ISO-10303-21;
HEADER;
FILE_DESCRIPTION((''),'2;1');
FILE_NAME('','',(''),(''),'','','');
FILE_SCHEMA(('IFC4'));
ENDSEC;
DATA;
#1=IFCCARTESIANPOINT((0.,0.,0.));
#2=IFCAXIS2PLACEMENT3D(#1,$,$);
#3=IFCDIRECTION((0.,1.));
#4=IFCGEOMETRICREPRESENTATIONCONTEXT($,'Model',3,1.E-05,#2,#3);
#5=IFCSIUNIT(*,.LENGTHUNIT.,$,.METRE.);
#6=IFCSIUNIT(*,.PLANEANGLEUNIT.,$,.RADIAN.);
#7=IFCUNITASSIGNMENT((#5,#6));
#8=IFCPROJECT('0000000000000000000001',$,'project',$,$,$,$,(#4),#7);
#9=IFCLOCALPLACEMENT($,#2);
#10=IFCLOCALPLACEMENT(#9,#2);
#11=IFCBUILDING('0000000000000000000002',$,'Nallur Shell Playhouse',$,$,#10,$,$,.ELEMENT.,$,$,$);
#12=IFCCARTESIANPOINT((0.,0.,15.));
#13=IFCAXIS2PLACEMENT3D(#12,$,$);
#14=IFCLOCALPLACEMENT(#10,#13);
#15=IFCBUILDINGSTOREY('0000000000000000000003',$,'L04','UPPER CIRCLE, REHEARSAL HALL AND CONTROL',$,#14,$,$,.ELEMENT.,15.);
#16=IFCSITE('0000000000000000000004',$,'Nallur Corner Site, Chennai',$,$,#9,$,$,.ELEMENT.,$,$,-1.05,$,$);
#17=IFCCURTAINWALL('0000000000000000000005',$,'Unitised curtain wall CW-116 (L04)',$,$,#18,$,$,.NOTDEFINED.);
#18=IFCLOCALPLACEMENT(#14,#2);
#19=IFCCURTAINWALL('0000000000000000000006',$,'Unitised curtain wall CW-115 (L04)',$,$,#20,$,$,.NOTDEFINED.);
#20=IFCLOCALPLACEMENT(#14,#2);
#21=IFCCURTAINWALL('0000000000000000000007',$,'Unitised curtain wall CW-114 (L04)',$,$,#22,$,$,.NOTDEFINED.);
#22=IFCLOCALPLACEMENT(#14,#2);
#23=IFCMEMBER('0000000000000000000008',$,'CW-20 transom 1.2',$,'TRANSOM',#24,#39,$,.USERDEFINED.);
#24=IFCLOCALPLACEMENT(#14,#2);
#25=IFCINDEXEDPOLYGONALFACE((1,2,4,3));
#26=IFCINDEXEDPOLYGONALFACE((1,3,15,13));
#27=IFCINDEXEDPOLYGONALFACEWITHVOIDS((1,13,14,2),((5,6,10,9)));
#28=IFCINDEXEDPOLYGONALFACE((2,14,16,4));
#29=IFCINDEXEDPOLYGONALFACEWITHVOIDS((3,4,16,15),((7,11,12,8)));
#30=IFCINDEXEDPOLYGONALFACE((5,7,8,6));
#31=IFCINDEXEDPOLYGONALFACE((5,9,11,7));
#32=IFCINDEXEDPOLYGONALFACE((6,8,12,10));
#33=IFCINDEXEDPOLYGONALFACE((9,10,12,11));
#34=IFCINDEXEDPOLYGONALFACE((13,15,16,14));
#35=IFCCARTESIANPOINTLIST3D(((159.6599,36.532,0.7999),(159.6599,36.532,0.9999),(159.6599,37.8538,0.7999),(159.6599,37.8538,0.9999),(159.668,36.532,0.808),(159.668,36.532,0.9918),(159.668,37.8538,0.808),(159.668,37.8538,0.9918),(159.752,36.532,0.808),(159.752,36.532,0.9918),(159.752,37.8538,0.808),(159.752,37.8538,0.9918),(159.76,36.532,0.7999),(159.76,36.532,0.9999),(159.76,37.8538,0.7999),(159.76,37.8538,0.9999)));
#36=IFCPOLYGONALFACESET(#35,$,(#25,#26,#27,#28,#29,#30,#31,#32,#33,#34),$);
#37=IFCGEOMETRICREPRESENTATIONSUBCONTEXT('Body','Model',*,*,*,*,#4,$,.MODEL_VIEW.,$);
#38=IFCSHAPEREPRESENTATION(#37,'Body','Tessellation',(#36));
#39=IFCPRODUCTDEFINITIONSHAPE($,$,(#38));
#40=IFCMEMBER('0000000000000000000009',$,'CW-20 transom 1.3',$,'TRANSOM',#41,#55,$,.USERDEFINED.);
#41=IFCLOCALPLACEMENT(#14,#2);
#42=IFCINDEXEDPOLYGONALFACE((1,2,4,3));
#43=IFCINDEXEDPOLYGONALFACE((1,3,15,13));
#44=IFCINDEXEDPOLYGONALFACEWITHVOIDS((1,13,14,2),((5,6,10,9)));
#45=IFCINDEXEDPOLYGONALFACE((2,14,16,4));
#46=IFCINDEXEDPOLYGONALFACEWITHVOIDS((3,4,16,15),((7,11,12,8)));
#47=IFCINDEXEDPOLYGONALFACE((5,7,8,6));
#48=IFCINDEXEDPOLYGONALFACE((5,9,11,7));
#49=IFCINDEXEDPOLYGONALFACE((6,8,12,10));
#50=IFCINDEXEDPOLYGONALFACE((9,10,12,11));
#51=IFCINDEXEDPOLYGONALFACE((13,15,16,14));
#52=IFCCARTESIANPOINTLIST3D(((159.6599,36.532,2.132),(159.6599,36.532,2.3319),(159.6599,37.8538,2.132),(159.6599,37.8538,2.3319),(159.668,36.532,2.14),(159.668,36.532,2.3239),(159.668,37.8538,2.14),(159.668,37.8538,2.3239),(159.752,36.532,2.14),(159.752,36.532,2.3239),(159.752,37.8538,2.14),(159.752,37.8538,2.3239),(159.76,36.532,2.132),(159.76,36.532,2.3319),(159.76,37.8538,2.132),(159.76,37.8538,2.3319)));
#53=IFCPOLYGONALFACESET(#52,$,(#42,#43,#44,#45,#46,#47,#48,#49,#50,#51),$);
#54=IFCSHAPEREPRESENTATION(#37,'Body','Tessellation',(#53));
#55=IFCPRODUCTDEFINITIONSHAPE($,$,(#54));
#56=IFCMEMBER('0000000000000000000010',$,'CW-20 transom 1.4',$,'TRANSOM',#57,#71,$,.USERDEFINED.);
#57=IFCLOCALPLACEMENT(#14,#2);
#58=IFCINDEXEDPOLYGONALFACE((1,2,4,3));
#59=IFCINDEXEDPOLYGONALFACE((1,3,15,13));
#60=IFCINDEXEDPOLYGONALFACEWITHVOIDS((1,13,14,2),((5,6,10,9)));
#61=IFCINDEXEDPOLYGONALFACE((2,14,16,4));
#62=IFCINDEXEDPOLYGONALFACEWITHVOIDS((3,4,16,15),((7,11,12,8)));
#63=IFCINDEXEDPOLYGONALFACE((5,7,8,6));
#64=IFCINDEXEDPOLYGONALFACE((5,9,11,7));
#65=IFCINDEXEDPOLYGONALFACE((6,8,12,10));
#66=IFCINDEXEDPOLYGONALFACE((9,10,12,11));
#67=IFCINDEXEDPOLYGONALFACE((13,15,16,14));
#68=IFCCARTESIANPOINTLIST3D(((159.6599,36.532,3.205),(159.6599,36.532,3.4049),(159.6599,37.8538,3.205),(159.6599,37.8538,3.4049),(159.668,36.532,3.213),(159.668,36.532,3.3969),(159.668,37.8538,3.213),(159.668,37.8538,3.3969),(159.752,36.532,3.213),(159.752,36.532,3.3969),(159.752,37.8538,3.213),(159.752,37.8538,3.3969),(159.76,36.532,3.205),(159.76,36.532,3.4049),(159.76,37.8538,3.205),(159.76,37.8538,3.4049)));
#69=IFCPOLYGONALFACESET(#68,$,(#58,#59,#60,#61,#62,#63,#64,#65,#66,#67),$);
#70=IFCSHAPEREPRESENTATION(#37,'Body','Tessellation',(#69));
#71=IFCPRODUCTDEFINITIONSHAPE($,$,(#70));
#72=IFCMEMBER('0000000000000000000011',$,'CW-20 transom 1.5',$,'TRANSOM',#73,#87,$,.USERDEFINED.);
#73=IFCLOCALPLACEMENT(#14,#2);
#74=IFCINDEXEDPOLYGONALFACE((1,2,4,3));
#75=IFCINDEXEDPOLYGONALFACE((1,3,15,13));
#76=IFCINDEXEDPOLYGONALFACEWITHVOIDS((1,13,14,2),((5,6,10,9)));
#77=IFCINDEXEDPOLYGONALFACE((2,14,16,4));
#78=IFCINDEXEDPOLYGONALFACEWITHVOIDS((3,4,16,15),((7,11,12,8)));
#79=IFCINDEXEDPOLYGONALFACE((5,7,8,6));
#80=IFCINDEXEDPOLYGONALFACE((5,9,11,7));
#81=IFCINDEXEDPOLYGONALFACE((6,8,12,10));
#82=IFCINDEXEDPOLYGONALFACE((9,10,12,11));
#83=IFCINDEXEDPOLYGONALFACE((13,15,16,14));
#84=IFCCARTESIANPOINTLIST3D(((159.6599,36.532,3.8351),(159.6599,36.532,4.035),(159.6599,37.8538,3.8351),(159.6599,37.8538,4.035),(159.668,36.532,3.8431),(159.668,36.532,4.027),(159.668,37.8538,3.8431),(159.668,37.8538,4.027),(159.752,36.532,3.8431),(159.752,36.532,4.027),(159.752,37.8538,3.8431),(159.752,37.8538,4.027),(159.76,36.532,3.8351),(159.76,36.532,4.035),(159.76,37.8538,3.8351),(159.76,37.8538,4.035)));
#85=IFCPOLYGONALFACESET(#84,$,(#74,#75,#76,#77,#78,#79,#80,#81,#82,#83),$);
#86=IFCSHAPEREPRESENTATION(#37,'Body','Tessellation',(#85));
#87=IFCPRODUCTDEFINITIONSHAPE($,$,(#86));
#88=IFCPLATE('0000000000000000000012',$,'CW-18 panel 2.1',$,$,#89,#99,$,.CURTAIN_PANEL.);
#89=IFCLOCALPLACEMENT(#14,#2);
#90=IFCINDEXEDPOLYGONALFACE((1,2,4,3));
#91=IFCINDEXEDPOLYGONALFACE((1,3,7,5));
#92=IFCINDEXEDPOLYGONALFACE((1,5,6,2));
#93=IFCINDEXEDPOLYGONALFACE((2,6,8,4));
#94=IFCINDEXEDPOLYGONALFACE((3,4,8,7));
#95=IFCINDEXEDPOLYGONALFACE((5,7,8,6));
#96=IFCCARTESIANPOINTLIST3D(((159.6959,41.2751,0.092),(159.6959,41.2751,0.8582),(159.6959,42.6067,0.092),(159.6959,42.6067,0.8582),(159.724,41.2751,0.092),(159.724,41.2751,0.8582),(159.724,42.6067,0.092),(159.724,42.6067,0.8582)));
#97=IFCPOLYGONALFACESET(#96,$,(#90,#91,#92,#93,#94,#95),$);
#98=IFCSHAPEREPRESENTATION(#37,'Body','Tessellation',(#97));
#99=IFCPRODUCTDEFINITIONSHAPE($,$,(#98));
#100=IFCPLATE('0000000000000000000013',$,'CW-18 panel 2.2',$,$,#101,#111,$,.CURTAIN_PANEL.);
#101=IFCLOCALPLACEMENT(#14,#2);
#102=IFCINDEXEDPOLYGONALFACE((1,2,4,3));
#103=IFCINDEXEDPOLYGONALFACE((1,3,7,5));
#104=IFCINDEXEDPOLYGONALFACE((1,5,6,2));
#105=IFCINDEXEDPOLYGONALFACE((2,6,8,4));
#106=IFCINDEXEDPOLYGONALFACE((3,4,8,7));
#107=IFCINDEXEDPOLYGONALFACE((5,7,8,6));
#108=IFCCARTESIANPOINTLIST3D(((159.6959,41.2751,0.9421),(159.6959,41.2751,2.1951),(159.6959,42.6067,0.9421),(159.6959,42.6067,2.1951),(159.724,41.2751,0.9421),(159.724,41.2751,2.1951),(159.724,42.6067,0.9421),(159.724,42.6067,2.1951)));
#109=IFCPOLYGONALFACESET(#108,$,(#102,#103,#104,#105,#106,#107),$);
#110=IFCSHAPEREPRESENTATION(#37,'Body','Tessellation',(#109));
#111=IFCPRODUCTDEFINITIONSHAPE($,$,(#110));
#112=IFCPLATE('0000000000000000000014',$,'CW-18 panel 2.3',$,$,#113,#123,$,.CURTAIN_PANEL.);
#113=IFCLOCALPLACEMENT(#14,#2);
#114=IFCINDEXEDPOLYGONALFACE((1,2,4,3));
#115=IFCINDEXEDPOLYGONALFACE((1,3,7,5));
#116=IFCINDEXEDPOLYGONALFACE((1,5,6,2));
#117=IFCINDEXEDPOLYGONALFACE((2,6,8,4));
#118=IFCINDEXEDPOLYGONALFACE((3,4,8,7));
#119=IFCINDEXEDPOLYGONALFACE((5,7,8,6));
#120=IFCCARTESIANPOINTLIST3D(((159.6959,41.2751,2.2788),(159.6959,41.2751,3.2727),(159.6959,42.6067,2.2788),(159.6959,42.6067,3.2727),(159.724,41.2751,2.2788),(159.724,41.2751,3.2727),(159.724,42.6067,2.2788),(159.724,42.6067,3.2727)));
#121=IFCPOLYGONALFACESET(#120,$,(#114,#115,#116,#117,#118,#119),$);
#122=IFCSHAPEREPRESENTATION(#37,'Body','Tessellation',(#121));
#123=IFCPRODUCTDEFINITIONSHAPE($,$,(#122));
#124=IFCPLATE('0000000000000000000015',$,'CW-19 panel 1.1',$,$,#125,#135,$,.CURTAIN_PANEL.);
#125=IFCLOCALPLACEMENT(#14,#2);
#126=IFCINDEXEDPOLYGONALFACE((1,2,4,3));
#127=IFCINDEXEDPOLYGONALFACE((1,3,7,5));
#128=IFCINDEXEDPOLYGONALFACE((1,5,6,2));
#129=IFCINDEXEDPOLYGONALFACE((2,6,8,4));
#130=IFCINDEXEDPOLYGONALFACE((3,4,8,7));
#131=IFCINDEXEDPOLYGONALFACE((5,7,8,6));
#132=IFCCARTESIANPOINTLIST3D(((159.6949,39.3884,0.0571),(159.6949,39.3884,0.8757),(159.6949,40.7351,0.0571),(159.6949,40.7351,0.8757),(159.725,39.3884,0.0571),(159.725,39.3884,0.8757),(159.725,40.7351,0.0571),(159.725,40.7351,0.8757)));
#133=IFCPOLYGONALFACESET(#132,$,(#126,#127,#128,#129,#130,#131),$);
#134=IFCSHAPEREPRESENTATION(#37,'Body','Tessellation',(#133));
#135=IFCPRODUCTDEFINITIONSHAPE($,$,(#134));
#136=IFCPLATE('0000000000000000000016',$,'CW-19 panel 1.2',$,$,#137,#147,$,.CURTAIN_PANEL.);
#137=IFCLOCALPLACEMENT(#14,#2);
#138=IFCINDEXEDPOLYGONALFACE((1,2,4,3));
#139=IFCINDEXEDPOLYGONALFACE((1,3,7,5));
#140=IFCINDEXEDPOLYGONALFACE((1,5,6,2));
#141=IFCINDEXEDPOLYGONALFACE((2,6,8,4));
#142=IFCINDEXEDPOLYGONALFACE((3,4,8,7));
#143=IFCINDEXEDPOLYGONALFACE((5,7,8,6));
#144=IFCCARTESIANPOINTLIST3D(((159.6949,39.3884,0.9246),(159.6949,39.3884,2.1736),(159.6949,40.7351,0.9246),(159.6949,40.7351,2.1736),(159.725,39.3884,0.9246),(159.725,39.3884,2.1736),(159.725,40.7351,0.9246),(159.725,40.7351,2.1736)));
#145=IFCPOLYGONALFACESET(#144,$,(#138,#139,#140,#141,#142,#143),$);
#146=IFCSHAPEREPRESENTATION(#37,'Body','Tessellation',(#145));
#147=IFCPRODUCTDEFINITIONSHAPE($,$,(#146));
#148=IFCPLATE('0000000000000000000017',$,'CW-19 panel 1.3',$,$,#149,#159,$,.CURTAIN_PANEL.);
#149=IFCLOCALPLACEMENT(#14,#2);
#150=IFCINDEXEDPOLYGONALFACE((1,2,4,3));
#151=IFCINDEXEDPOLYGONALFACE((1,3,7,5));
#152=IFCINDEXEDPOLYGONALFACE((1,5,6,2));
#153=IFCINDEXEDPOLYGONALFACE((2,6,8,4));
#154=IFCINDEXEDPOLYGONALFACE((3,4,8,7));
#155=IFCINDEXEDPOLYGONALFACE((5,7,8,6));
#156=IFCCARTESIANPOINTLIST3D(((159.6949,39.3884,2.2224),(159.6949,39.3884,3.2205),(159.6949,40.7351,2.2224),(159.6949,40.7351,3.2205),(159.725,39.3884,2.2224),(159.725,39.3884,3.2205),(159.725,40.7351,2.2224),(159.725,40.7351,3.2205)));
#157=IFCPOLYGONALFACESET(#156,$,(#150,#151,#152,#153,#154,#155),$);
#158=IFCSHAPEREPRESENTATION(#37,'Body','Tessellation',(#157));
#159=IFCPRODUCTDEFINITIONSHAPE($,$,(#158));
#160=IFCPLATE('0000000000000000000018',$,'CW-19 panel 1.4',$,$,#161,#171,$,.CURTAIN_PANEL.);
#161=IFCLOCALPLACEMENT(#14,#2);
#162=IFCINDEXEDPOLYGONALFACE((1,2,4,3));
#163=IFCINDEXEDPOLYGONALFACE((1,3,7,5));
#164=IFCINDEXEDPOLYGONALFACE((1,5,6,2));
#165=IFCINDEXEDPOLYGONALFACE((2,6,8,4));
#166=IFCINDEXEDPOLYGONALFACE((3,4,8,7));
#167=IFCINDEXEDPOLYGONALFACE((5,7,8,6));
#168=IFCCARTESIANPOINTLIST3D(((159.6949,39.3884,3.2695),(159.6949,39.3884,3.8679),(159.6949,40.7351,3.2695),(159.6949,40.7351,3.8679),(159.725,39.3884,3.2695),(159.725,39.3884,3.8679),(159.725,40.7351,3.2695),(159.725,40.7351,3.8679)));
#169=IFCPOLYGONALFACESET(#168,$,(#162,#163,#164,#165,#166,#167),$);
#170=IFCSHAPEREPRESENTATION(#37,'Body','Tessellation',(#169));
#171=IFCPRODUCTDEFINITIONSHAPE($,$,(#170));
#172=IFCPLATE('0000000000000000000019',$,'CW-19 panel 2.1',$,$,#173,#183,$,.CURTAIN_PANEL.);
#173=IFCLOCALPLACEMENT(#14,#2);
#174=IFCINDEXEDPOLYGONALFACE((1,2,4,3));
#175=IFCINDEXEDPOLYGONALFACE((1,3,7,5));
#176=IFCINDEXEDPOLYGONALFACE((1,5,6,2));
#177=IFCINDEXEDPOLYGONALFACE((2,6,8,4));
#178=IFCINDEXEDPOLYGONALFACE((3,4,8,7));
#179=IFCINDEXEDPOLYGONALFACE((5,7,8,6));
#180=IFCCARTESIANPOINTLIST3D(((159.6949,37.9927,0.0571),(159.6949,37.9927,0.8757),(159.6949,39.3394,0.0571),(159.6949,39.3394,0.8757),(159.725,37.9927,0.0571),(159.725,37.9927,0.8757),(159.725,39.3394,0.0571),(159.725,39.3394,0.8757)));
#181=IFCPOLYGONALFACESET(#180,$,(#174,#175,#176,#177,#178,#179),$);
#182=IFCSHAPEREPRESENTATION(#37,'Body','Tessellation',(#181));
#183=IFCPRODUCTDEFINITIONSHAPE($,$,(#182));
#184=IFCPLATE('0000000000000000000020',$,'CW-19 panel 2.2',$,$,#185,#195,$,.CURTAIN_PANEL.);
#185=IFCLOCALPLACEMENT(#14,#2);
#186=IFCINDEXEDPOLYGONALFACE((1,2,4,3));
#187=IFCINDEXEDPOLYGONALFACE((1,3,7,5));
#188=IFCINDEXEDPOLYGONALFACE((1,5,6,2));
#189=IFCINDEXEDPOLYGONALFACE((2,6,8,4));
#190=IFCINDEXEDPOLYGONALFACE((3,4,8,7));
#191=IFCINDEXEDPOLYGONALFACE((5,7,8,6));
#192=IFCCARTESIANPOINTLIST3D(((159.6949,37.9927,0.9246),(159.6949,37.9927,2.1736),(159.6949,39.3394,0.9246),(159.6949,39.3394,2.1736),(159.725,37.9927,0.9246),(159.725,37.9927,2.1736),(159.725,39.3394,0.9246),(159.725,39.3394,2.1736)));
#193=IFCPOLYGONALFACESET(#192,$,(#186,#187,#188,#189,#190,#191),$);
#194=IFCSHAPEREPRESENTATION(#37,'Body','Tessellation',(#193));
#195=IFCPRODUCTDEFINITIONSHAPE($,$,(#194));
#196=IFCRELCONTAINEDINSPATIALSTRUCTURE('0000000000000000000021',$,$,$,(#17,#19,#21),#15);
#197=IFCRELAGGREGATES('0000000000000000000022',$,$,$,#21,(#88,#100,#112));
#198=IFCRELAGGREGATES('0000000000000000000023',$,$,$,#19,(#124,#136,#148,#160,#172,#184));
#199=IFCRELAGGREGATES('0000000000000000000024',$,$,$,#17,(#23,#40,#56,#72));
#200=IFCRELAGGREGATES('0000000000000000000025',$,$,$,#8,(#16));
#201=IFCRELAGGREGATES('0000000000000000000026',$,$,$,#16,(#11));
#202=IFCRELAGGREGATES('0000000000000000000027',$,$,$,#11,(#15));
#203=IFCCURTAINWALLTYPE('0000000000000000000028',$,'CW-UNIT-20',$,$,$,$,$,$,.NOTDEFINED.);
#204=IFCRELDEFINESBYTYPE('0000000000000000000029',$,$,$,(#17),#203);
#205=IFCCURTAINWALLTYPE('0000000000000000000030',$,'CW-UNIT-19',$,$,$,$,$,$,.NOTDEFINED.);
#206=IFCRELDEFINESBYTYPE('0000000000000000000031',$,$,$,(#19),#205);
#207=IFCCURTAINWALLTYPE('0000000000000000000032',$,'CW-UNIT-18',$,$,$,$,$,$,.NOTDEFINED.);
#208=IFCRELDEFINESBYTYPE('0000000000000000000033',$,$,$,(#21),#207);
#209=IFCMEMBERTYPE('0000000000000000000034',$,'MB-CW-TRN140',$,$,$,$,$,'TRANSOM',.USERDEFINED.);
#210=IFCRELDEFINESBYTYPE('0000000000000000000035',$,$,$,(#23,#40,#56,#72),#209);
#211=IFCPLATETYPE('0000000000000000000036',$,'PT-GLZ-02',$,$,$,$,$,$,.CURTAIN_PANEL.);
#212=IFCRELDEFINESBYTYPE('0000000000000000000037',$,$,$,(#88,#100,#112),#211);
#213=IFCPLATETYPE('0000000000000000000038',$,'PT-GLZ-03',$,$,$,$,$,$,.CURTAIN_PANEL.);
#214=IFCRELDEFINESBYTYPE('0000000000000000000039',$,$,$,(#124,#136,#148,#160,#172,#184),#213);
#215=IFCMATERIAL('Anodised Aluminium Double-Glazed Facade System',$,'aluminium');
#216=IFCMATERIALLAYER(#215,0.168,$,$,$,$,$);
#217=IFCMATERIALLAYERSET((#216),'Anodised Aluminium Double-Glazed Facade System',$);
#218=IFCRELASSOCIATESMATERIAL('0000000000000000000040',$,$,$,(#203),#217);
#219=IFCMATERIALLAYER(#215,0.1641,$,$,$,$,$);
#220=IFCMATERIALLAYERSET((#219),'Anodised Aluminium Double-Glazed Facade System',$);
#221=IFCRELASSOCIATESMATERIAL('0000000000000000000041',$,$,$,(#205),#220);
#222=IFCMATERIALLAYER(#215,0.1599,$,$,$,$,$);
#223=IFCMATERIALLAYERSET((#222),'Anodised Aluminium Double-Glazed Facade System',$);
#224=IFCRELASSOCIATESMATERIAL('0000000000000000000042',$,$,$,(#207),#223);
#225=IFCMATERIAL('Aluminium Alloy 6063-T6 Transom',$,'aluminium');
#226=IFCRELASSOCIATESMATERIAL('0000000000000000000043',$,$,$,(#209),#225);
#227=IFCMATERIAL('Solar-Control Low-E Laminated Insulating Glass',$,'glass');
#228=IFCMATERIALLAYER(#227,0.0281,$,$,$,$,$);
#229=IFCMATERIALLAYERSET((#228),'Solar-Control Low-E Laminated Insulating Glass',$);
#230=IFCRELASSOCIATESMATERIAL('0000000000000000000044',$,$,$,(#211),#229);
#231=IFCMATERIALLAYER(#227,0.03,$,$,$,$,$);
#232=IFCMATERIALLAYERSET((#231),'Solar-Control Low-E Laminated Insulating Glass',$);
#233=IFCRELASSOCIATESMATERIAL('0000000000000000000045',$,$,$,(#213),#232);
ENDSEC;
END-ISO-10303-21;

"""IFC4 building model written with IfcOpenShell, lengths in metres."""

from ifc_helpers import new_model, si_unit, direction, frame, origin, origin_2d, place, context, subcontext, project, spatial, rectangle, hollow_rectangle, extrude, material, layer, layer_set, material_profile, profile_set, type_object, element, aggregate, save


model = new_model("IFC4")

# Units and contexts
model_context = context("Model", 3, precision=1e-05, world=origin(), true_north=direction((0.0, 1.0)))
body_context = subcontext(model_context, "Body", "Model", "MODEL_VIEW")
ifc_project = project(units=[si_unit("LENGTHUNIT", "METRE"), si_unit("PLANEANGLEUNIT", "RADIAN")], contexts=[model_context])

# Site, building, storey
site_placement = place(None, origin())
site = spatial("IfcSite", under=ifc_project, at=site_placement, Name="Nallur Corner Site, Chennai", CompositionType="ELEMENT", RefElevation=-1.05)
building_placement = place(site_placement, origin())
building = spatial("IfcBuilding", under=site, at=building_placement, Name="Nallur Shell Playhouse", CompositionType="ELEMENT")
storey_placement = place(building_placement, frame((0.0, 0.0, 15.0)))
storey = spatial("IfcBuildingStorey", under=building, at=storey_placement, Name="L04", Description="UPPER CIRCLE, REHEARSAL HALL AND CONTROL", CompositionType="ELEMENT", Elevation=15.0)

# Curtain wall
ifc_material_1 = material(Name="Anodised Aluminium Double-Glazed Facade System", Category="aluminium")
ifc_layer_1 = layer(ifc_material_1, 0.168)
ifc_layer_set_1 = layer_set([ifc_layer_1], Name="Anodised Aluminium Double-Glazed Facade System")
curtain_wall_type_1 = type_object("IfcCurtainWallType", Name="CW-UNIT-20", PredefinedType="NOTDEFINED", material=ifc_layer_set_1)
curtain_wall_1_placement = place(storey_placement, origin())
curtain_wall_1 = element("IfcCurtainWall", 1, at=curtain_wall_1_placement, inside=storey, type_object=curtain_wall_type_1, Name="Unitised curtain wall CW-116 (L04)", PredefinedType="NOTDEFINED")

# Curtain wall
ifc_layer_2 = layer(ifc_material_1, 0.1641)
ifc_layer_set_2 = layer_set([ifc_layer_2], Name="Anodised Aluminium Double-Glazed Facade System")
curtain_wall_type_2 = type_object("IfcCurtainWallType", Name="CW-UNIT-19", PredefinedType="NOTDEFINED", material=ifc_layer_set_2)
curtain_wall_2_placement = place(storey_placement, origin())
curtain_wall_2 = element("IfcCurtainWall", 2, at=curtain_wall_2_placement, inside=storey, type_object=curtain_wall_type_2, Name="Unitised curtain wall CW-115 (L04)", PredefinedType="NOTDEFINED")

# Curtain wall
ifc_layer_3 = layer(ifc_material_1, 0.1599)
ifc_layer_set_3 = layer_set([ifc_layer_3], Name="Anodised Aluminium Double-Glazed Facade System")
curtain_wall_type_3 = type_object("IfcCurtainWallType", Name="CW-UNIT-18", PredefinedType="NOTDEFINED", material=ifc_layer_set_3)
curtain_wall_3_placement = place(storey_placement, origin())
curtain_wall_3 = element("IfcCurtainWall", 3, at=curtain_wall_3_placement, inside=storey, type_object=curtain_wall_type_3, Name="Unitised curtain wall CW-114 (L04)", PredefinedType="NOTDEFINED")

# Members
ifc_material_2 = material(Name="Aluminium Alloy 6063-T6 Transom", Category="aluminium")
ifc_material_profile_1 = material_profile(ifc_material_2, hollow_rectangle(XDim=0.1001, YDim=0.2, WallThickness=0.0081, at=origin_2d()), Name="RHS 200x100x8")
ifc_profile_set_1 = profile_set([ifc_material_profile_1], Name="Aluminium Alloy 6063-T6 Transom")
member_type_1 = type_object("IfcMemberType", Name="MB-CW-TRN140", ElementType="TRANSOM", PredefinedType="USERDEFINED", material=ifc_profile_set_1)
member_1_placement = place(storey_placement, frame((159.71, 37.8538, 0.8999), z_axis=(0.0, -1.0, 0.0), x_axis=(1.0, 0.0, 0.0)))
member_1 = element("IfcMember", 4, at=member_1_placement, type_object=member_type_1, Name="CW-20 transom 1.2", ObjectType="TRANSOM", PredefinedType="USERDEFINED", context=body_context, shape_type="SweptSolid", body=[
    extrude(hollow_rectangle(XDim=0.1001, YDim=0.2, WallThickness=0.0081, at=origin_2d()), origin(), (0.0, 0.0, 1.0), 1.3218),
])
member_2_placement = place(storey_placement, frame((159.71, 37.8538, 2.2319), z_axis=(0.0, -1.0, 0.0), x_axis=(1.0, 0.0, 0.0)))
member_2 = element("IfcMember", 5, at=member_2_placement, type_object=member_type_1, Name="CW-20 transom 1.3", ObjectType="TRANSOM", PredefinedType="USERDEFINED", context=body_context, shape_type="SweptSolid", body=[
    extrude(hollow_rectangle(XDim=0.1001, YDim=0.2, WallThickness=0.0081, at=origin_2d()), origin(), (0.0, 0.0, 1.0), 1.3218),
])
member_3_placement = place(storey_placement, frame((159.71, 37.8538, 3.3049), z_axis=(0.0, -1.0, 0.0), x_axis=(1.0, 0.0, 0.0)))
member_3 = element("IfcMember", 6, at=member_3_placement, type_object=member_type_1, Name="CW-20 transom 1.4", ObjectType="TRANSOM", PredefinedType="USERDEFINED", context=body_context, shape_type="SweptSolid", body=[
    extrude(hollow_rectangle(XDim=0.1001, YDim=0.2, WallThickness=0.0081, at=origin_2d()), origin(), (0.0, 0.0, 1.0), 1.3218),
])
member_4_placement = place(storey_placement, frame((159.71, 37.8538, 3.9351), z_axis=(0.0, -1.0, 0.0), x_axis=(1.0, 0.0, 0.0)))
member_4 = element("IfcMember", 7, at=member_4_placement, type_object=member_type_1, Name="CW-20 transom 1.5", ObjectType="TRANSOM", PredefinedType="USERDEFINED", context=body_context, shape_type="SweptSolid", body=[
    extrude(hollow_rectangle(XDim=0.1001, YDim=0.2, WallThickness=0.0081, at=origin_2d()), origin(), (0.0, 0.0, 1.0), 1.3218),
])

# Plates
ifc_material_3 = material(Name="Solar-Control Low-E Laminated Insulating Glass", Category="glass")
ifc_layer_4 = layer(ifc_material_3, 0.0281)
ifc_layer_set_4 = layer_set([ifc_layer_4], Name="Solar-Control Low-E Laminated Insulating Glass")
plate_type_1 = type_object("IfcPlateType", Name="PT-GLZ-02", PredefinedType="CURTAIN_PANEL", material=ifc_layer_set_4)
plate_1_placement = place(storey_placement, frame((159.71, 41.9409, 0.092), z_axis=(0.0, 0.0, 1.0), x_axis=(0.0, -1.0, 0.0)))
plate_1 = element("IfcPlate", 8, at=plate_1_placement, type_object=plate_type_1, Name="CW-18 panel 2.1", PredefinedType="CURTAIN_PANEL", context=body_context, shape_type="SweptSolid", body=[
    extrude(rectangle(XDim=1.3315, YDim=0.0281, at=origin_2d()), origin(), (0.0, 0.0, 1.0), 0.7661),
])
plate_2_placement = place(storey_placement, frame((159.71, 41.9409, 0.9421), z_axis=(0.0, 0.0, 1.0), x_axis=(0.0, -1.0, 0.0)))
plate_2 = element("IfcPlate", 9, at=plate_2_placement, type_object=plate_type_1, Name="CW-18 panel 2.2", PredefinedType="CURTAIN_PANEL", context=body_context, shape_type="SweptSolid", body=[
    extrude(rectangle(XDim=1.3315, YDim=0.0281, at=origin_2d()), origin(), (0.0, 0.0, 1.0), 1.2529),
])
plate_3_placement = place(storey_placement, frame((159.71, 41.9409, 2.2788), z_axis=(0.0, 0.0, 1.0), x_axis=(0.0, -1.0, 0.0)))
plate_3 = element("IfcPlate", 10, at=plate_3_placement, type_object=plate_type_1, Name="CW-18 panel 2.3", PredefinedType="CURTAIN_PANEL", context=body_context, shape_type="SweptSolid", body=[
    extrude(rectangle(XDim=1.3315, YDim=0.0281, at=origin_2d()), origin(), (0.0, 0.0, 1.0), 0.9939),
])
aggregate(curtain_wall_3, [plate_1, plate_2, plate_3])
ifc_layer_5 = layer(ifc_material_3, 0.03)
ifc_layer_set_5 = layer_set([ifc_layer_5], Name="Solar-Control Low-E Laminated Insulating Glass")
plate_type_2 = type_object("IfcPlateType", Name="PT-GLZ-03", PredefinedType="CURTAIN_PANEL", material=ifc_layer_set_5)
plate_4_placement = place(storey_placement, frame((159.71, 40.0618, 0.0571), z_axis=(0.0, 0.0, 1.0), x_axis=(0.0, -1.0, 0.0)))
plate_4 = element("IfcPlate", 11, at=plate_4_placement, type_object=plate_type_2, Name="CW-19 panel 1.1", PredefinedType="CURTAIN_PANEL", context=body_context, shape_type="SweptSolid", body=[
    extrude(rectangle(XDim=1.3467, YDim=0.03, at=origin_2d()), origin(), (0.0, 0.0, 1.0), 0.8186),
])
plate_5_placement = place(storey_placement, frame((159.71, 40.0618, 0.9246), z_axis=(0.0, 0.0, 1.0), x_axis=(0.0, -1.0, 0.0)))
plate_5 = element("IfcPlate", 12, at=plate_5_placement, type_object=plate_type_2, Name="CW-19 panel 1.2", PredefinedType="CURTAIN_PANEL", context=body_context, shape_type="SweptSolid", body=[
    extrude(rectangle(XDim=1.3467, YDim=0.03, at=origin_2d()), origin(), (0.0, 0.0, 1.0), 1.249),
])
plate_6_placement = place(storey_placement, frame((159.71, 40.0618, 2.2224), z_axis=(0.0, 0.0, 1.0), x_axis=(0.0, -1.0, 0.0)))
plate_6 = element("IfcPlate", 13, at=plate_6_placement, type_object=plate_type_2, Name="CW-19 panel 1.3", PredefinedType="CURTAIN_PANEL", context=body_context, shape_type="SweptSolid", body=[
    extrude(rectangle(XDim=1.3467, YDim=0.03, at=origin_2d()), origin(), (0.0, 0.0, 1.0), 0.998),
])
plate_7_placement = place(storey_placement, frame((159.71, 40.0618, 3.2695), z_axis=(0.0, 0.0, 1.0), x_axis=(0.0, -1.0, 0.0)))
plate_7 = element("IfcPlate", 14, at=plate_7_placement, type_object=plate_type_2, Name="CW-19 panel 1.4", PredefinedType="CURTAIN_PANEL", context=body_context, shape_type="SweptSolid", body=[
    extrude(rectangle(XDim=1.3467, YDim=0.03, at=origin_2d()), origin(), (0.0, 0.0, 1.0), 0.5984),
])
plate_8_placement = place(storey_placement, frame((159.71, 38.666, 0.0571), z_axis=(0.0, 0.0, 1.0), x_axis=(0.0, -1.0, 0.0)))
plate_8 = element("IfcPlate", 15, at=plate_8_placement, type_object=plate_type_2, Name="CW-19 panel 2.1", PredefinedType="CURTAIN_PANEL", context=body_context, shape_type="SweptSolid", body=[
    extrude(rectangle(XDim=1.3467, YDim=0.03, at=origin_2d()), origin(), (0.0, 0.0, 1.0), 0.8186),
])
plate_9_placement = place(storey_placement, frame((159.71, 38.666, 0.9246), z_axis=(0.0, 0.0, 1.0), x_axis=(0.0, -1.0, 0.0)))
plate_9 = element("IfcPlate", 16, at=plate_9_placement, type_object=plate_type_2, Name="CW-19 panel 2.2", PredefinedType="CURTAIN_PANEL", context=body_context, shape_type="SweptSolid", body=[
    extrude(rectangle(XDim=1.3467, YDim=0.03, at=origin_2d()), origin(), (0.0, 0.0, 1.0), 1.249),
])
aggregate(curtain_wall_2, [plate_4, plate_5, plate_6, plate_7, plate_8, plate_9])
aggregate(curtain_wall_1, [member_1, member_2, member_3, member_4])

save(model, "model.ifc")
